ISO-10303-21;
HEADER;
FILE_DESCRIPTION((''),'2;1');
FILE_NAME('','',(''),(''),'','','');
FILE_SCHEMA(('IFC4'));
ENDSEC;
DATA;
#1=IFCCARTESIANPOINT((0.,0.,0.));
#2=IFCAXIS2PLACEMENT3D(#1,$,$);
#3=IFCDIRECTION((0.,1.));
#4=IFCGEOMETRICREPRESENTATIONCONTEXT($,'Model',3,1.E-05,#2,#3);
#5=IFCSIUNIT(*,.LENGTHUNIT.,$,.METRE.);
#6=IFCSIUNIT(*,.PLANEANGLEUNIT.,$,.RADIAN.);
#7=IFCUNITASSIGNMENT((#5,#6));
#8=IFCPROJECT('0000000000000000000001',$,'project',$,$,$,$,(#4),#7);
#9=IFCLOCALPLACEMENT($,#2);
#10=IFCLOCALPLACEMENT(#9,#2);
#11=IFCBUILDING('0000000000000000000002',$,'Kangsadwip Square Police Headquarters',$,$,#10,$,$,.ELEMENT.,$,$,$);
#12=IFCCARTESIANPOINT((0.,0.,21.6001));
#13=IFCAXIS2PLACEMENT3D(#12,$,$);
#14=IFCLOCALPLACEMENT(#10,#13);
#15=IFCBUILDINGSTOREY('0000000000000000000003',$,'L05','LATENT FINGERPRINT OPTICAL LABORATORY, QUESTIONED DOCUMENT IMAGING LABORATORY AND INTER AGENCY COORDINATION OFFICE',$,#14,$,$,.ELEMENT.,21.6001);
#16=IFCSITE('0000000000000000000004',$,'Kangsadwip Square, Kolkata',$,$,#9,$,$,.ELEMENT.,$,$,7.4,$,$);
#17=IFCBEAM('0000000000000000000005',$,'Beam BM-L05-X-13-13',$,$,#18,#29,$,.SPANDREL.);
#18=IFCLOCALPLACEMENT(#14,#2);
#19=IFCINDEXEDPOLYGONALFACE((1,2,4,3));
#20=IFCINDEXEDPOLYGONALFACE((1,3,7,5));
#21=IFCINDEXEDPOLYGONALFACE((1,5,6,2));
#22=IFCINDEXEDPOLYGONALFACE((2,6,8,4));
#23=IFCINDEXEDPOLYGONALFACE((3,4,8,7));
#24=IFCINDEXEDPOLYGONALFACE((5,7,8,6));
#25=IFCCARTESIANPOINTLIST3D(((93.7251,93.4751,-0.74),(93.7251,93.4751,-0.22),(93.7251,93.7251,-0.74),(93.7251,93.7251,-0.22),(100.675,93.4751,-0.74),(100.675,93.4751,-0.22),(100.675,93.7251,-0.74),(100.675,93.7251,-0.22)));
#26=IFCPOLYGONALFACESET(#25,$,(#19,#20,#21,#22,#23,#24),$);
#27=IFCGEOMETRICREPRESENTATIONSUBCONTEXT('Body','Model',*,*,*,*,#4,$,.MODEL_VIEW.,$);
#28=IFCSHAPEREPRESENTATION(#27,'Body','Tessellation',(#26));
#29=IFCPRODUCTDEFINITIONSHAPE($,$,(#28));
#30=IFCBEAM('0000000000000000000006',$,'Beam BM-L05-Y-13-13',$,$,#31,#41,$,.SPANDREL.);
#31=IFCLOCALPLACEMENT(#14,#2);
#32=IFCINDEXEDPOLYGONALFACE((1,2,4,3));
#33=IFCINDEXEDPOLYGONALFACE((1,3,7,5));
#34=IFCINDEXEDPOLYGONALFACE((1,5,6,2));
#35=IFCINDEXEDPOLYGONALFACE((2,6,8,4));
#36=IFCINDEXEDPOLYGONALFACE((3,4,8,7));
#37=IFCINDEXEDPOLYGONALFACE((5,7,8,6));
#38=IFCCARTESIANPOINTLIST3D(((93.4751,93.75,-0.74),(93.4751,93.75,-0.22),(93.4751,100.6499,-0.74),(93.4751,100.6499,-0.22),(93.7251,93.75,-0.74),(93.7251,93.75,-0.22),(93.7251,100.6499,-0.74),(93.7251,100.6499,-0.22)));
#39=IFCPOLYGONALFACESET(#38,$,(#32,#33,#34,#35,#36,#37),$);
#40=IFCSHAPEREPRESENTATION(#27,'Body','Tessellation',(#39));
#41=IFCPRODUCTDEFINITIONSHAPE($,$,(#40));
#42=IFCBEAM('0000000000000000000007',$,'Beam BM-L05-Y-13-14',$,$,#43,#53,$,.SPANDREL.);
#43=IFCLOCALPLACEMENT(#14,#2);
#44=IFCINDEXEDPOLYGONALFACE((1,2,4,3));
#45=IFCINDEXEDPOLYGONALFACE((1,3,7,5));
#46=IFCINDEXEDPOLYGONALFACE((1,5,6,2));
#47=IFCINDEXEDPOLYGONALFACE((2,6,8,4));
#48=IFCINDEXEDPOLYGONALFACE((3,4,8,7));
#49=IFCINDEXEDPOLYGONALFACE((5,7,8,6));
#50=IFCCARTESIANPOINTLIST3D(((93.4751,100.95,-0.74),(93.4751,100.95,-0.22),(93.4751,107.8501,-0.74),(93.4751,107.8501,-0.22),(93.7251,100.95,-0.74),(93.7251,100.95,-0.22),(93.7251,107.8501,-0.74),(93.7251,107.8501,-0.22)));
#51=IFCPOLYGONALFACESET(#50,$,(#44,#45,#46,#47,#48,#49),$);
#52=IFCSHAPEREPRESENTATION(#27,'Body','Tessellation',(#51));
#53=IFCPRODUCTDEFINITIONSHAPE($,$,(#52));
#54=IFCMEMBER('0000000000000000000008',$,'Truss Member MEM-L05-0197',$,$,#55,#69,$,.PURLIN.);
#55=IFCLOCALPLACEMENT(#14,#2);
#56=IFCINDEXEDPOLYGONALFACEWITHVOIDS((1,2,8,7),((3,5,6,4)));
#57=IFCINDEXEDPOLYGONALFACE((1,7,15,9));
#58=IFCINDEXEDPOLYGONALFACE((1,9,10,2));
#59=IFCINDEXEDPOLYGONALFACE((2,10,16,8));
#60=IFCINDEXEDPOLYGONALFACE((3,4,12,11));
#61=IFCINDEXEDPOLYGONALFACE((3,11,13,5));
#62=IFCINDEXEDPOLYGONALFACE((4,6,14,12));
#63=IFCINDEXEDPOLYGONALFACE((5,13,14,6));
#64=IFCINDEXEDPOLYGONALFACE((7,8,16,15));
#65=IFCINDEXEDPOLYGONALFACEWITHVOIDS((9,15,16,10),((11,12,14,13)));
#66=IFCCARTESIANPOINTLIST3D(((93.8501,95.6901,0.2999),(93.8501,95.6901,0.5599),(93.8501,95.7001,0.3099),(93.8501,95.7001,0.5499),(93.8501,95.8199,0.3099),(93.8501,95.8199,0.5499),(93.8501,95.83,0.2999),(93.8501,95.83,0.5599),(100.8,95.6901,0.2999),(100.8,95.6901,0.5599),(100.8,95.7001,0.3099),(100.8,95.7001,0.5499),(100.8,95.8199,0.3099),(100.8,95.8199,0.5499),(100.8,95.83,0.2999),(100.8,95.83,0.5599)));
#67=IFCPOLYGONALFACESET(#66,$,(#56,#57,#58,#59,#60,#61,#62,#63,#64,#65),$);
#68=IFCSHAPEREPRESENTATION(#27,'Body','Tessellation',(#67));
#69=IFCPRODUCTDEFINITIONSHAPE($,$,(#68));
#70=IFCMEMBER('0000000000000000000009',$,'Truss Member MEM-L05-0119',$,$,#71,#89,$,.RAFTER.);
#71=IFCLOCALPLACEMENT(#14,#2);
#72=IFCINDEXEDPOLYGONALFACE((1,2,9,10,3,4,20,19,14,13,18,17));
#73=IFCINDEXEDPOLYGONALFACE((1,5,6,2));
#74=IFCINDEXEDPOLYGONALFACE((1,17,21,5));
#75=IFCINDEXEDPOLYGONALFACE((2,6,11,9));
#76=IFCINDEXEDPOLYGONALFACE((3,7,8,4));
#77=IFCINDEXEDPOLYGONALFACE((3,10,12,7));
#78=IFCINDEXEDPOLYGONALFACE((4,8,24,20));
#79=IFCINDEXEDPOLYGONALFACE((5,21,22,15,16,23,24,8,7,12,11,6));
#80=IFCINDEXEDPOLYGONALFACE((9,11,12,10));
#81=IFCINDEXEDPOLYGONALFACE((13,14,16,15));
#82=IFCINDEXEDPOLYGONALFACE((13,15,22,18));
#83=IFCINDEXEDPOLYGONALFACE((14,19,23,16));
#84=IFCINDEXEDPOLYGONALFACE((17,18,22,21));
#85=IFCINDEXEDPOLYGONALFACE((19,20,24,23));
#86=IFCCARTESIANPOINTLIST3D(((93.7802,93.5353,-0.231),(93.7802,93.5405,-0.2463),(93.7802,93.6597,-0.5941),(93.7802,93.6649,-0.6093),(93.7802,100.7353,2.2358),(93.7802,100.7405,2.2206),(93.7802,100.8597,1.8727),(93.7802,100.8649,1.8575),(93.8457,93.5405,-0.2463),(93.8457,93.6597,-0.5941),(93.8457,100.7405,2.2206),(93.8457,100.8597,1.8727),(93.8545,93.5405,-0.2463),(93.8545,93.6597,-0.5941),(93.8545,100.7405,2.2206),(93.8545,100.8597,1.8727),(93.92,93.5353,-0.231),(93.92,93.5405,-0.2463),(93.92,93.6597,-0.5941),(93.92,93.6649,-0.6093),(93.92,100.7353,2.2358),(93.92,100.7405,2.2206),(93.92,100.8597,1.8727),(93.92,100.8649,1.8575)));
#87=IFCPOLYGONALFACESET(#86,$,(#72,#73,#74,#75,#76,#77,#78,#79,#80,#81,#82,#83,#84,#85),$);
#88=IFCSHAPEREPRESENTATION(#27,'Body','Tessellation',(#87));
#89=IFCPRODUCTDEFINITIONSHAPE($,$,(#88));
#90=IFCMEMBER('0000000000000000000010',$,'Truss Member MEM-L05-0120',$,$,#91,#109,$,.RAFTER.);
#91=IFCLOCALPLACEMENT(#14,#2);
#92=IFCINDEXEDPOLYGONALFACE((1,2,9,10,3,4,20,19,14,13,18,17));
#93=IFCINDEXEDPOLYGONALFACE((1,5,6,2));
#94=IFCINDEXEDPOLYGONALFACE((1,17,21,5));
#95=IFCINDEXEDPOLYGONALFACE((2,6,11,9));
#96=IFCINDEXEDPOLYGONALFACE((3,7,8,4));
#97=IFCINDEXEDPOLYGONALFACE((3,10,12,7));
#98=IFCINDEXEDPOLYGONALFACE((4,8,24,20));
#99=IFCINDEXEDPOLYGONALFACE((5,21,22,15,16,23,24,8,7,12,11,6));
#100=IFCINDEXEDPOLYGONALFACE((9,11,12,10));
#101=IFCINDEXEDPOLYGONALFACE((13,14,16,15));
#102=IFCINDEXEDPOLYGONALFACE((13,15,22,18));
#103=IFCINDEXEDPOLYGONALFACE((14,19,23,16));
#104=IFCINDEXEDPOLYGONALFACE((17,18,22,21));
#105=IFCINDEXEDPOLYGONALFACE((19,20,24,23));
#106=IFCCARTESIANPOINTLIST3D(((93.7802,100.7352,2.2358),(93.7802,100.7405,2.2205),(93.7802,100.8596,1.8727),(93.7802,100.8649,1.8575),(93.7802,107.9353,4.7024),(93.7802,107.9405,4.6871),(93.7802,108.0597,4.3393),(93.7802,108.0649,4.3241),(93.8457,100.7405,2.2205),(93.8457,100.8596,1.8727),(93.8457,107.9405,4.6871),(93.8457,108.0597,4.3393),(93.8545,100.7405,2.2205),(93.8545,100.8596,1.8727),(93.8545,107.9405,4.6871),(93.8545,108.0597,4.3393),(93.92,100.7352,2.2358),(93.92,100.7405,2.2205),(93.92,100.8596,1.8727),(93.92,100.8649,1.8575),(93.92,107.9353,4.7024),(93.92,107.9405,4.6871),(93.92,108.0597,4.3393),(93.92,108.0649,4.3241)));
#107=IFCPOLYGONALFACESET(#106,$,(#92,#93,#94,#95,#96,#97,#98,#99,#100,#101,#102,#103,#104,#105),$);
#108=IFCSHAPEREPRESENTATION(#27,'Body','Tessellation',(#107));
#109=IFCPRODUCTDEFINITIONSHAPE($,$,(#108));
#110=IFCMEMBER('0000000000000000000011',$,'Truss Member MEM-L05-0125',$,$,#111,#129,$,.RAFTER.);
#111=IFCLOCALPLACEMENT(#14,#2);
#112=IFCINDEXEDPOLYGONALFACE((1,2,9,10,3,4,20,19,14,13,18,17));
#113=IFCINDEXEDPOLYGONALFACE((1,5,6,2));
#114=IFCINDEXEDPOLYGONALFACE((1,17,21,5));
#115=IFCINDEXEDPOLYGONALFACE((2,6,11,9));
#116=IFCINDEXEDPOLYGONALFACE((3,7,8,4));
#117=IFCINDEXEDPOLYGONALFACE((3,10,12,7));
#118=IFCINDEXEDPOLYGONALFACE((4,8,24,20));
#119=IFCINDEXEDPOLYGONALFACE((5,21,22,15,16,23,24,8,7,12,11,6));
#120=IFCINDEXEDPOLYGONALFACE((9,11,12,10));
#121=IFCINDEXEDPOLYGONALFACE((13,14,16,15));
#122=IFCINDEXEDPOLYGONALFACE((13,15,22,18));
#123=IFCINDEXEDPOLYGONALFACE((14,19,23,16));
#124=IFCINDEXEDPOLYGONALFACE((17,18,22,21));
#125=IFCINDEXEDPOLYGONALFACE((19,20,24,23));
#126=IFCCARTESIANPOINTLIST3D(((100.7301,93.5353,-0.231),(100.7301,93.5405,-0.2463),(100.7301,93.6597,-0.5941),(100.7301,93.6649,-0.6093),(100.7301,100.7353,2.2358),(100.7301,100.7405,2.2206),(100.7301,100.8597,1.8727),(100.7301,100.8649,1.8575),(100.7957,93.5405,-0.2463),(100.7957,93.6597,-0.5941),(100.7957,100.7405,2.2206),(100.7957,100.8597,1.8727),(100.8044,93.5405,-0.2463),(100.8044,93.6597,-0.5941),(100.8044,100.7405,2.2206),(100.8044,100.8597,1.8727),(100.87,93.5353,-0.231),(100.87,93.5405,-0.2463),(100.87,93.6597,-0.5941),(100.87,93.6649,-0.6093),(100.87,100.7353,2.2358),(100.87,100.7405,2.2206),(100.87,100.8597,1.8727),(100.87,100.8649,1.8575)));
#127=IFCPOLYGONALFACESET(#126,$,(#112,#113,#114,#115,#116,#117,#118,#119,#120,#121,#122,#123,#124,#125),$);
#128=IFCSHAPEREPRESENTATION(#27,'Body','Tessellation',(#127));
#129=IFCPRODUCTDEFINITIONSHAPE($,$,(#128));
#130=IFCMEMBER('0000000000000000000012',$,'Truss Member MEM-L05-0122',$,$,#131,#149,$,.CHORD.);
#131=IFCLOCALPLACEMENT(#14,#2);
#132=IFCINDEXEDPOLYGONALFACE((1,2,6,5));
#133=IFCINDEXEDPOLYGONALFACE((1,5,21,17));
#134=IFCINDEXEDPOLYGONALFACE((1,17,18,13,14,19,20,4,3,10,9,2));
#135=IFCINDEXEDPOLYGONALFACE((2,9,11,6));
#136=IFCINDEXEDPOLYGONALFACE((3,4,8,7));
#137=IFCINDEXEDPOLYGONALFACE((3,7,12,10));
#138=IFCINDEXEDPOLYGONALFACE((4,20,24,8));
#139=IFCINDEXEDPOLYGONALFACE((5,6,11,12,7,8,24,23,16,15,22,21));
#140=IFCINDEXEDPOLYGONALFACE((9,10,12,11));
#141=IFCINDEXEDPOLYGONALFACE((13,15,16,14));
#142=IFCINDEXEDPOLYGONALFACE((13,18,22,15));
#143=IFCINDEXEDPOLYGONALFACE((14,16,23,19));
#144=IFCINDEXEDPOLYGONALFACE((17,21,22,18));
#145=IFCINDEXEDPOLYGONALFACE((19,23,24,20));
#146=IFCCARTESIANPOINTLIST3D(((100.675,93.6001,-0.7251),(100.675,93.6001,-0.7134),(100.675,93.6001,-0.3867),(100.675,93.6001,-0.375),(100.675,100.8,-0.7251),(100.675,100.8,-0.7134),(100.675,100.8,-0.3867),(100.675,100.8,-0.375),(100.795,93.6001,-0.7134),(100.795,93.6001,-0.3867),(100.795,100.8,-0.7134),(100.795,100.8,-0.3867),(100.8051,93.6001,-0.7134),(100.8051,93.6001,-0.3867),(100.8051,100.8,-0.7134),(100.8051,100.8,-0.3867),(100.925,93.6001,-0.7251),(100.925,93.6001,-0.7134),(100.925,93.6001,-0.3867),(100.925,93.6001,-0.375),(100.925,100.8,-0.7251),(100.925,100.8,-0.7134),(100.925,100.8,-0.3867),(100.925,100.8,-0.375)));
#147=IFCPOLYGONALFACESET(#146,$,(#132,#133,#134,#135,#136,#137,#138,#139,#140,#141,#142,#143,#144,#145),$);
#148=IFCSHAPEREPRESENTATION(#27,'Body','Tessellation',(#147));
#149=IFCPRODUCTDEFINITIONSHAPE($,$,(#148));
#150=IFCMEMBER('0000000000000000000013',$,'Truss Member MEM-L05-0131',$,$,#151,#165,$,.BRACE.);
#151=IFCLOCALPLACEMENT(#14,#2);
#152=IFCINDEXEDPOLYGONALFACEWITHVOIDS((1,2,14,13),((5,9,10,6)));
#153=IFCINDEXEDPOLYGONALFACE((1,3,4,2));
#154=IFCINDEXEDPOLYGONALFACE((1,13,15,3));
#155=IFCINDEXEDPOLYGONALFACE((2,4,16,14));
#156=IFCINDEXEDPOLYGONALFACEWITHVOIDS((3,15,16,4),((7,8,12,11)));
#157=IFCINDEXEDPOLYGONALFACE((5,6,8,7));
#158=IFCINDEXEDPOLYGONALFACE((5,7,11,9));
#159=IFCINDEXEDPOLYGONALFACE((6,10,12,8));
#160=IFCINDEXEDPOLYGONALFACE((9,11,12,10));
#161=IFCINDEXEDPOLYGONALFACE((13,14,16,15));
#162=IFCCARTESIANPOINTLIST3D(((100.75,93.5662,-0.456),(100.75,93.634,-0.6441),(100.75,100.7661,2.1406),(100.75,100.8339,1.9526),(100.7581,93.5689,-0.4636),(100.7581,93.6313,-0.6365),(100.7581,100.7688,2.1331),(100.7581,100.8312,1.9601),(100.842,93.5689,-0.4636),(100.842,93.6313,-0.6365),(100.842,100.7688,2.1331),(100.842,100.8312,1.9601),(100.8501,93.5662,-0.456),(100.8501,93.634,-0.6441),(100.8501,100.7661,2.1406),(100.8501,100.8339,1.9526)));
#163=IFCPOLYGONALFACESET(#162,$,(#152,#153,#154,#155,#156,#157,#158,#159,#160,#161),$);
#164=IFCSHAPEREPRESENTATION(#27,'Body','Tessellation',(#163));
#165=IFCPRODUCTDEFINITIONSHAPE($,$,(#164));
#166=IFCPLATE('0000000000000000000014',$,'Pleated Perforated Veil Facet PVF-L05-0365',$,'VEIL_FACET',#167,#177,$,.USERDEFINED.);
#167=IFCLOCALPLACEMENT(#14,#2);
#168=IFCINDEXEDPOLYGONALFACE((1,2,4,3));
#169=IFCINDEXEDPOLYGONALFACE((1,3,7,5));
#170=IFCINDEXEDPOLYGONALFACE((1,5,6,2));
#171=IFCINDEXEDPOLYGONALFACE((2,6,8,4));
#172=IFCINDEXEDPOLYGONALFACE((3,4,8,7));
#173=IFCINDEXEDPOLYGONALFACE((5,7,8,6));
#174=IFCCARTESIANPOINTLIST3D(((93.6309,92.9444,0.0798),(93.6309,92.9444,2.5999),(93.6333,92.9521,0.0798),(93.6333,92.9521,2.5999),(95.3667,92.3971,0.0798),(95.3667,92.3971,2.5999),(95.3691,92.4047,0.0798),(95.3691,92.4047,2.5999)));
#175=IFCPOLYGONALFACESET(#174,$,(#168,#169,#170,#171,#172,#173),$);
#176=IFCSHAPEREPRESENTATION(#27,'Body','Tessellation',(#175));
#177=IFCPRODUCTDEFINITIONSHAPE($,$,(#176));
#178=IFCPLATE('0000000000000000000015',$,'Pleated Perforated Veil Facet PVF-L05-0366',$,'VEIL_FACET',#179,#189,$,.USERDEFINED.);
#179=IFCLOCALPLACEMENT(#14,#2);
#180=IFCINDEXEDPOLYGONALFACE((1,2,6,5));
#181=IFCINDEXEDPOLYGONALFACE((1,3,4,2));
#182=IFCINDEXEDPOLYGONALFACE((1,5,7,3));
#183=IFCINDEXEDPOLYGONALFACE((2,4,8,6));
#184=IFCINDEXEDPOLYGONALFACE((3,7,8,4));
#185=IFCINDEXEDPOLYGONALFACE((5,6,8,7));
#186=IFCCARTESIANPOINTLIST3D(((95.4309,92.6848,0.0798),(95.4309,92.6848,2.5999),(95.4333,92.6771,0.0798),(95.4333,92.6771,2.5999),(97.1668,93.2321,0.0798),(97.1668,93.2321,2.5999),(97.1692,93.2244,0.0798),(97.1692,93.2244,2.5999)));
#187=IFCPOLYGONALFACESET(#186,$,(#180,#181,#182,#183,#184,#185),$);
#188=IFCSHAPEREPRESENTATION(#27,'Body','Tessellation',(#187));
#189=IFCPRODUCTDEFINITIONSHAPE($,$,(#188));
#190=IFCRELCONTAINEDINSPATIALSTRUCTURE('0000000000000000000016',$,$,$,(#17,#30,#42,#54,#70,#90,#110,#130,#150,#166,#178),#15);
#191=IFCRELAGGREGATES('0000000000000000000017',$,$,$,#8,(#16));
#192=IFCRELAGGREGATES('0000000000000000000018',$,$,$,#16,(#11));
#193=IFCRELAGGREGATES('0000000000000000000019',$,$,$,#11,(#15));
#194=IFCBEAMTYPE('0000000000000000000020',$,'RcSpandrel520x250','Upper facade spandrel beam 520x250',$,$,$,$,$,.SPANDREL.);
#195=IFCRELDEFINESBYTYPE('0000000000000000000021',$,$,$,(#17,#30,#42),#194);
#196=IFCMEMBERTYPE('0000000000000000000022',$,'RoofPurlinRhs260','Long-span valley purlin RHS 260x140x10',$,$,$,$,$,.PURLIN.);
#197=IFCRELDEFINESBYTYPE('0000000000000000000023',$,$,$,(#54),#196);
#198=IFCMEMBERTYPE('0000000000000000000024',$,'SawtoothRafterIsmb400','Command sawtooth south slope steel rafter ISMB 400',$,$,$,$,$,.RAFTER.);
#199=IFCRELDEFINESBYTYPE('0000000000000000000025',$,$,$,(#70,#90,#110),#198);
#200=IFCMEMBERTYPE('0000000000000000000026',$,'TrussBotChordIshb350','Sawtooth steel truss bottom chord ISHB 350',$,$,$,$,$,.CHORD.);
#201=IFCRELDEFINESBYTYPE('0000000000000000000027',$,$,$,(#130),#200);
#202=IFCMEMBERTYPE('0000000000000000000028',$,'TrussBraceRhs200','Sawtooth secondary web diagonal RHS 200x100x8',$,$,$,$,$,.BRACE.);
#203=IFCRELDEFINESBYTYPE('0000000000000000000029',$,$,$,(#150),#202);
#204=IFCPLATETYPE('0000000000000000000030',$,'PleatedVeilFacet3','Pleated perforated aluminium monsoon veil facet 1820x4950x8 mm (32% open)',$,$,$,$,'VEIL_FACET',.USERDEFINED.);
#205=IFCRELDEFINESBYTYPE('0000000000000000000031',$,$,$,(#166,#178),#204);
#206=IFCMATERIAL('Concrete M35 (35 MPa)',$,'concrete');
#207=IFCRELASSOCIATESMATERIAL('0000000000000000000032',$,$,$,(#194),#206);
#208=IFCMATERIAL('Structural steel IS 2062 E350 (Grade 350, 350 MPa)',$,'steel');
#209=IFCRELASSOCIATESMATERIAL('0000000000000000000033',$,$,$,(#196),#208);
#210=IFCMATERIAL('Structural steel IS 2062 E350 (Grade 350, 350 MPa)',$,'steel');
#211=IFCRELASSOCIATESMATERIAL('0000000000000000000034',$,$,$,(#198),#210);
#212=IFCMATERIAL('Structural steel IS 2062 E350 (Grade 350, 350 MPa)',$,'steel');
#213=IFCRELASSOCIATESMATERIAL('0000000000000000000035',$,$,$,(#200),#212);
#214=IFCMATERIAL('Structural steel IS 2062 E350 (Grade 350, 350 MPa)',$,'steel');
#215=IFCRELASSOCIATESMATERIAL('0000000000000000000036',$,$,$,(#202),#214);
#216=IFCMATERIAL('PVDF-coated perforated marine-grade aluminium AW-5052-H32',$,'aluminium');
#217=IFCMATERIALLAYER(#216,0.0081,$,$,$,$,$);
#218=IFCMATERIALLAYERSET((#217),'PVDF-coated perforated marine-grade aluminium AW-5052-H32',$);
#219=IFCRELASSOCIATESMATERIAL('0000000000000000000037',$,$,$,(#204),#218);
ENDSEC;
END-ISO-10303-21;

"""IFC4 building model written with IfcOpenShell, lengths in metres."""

from ifc_helpers import new_model, si_unit, direction, frame, origin, origin_2d, place, context, subcontext, project, spatial, rectangle, hollow_rectangle, i_section, extrude, material, layer, layer_set, material_profile, profile_set, type_object, element, save


model = new_model("IFC4")

# Units and contexts
model_context = context("Model", 3, precision=1e-05, world=origin(), true_north=direction((0.0, 1.0)))
body_context = subcontext(model_context, "Body", "Model", "MODEL_VIEW")
ifc_project = project(units=[si_unit("LENGTHUNIT", "METRE"), si_unit("PLANEANGLEUNIT", "RADIAN")], contexts=[model_context])

# Site, building, storey
site_placement = place(None, origin())
site = spatial("IfcSite", under=ifc_project, at=site_placement, Name="Kangsadwip Square, Kolkata", CompositionType="ELEMENT", RefElevation=7.4)
building_placement = place(site_placement, origin())
building = spatial("IfcBuilding", under=site, at=building_placement, Name="Kangsadwip Square Police Headquarters", CompositionType="ELEMENT")
storey_placement = place(building_placement, frame((0.0, 0.0, 21.6001)))
storey = spatial("IfcBuildingStorey", under=building, at=storey_placement, Name="L05", Description="LATENT FINGERPRINT OPTICAL LABORATORY, QUESTIONED DOCUMENT IMAGING LABORATORY AND INTER AGENCY COORDINATION OFFICE", CompositionType="ELEMENT", Elevation=21.6001)

# Beams
ifc_material_1 = material(Name="Concrete M35 (35 MPa)", Category="concrete")
ifc_material_profile_1 = material_profile(ifc_material_1, rectangle(XDim=0.25, YDim=0.52, at=origin_2d()), Name="RC SPN 520X250")
ifc_profile_set_1 = profile_set([ifc_material_profile_1], Name="Concrete M35 (35 MPa)")
beam_type = type_object("IfcBeamType", Name="RcSpandrel520x250", Description="Upper facade spandrel beam 520x250", PredefinedType="SPANDREL", material=ifc_profile_set_1)
beam_1_placement = place(storey_placement, frame((93.7251, 93.6001, -0.48), z_axis=(1.0, 0.0, 0.0), x_axis=(0.0, 1.0, 0.0)))
element("IfcBeam", 1, at=beam_1_placement, inside=storey, type_object=beam_type, Name="Beam BM-L05-X-13-13", PredefinedType="SPANDREL", context=body_context, shape_type="SweptSolid", body=[
    extrude(rectangle(XDim=0.25, YDim=0.52, at=origin_2d()), origin(), (0.0, 0.0, 1.0), 6.95),
])
beam_2_placement = place(storey_placement, frame((93.6001, 93.75, -0.48), z_axis=(0.0, 1.0, 0.0), x_axis=(-1.0, 0.0, 0.0)))
element("IfcBeam", 2, at=beam_2_placement, inside=storey, type_object=beam_type, Name="Beam BM-L05-Y-13-13", PredefinedType="SPANDREL", context=body_context, shape_type="SweptSolid", body=[
    extrude(rectangle(XDim=0.25, YDim=0.52, at=origin_2d()), origin(), (0.0, 0.0, 1.0), 6.8999),
])
beam_3_placement = place(storey_placement, frame((93.6001, 100.95, -0.48), z_axis=(0.0, 1.0, 0.0), x_axis=(-1.0, 0.0, 0.0)))
element("IfcBeam", 3, at=beam_3_placement, inside=storey, type_object=beam_type, Name="Beam BM-L05-Y-13-14", PredefinedType="SPANDREL", context=body_context, shape_type="SweptSolid", body=[
    extrude(rectangle(XDim=0.25, YDim=0.52, at=origin_2d()), origin(), (0.0, 0.0, 1.0), 6.9001),
])

# Members
ifc_material_2 = material(Name="Structural steel IS 2062 E350 (Grade 350, 350 MPa)", Category="steel")
ifc_material_profile_2 = material_profile(ifc_material_2, hollow_rectangle(XDim=0.1399, YDim=0.26, WallThickness=0.01, at=origin_2d()), Name="RHS 260X140X10")
ifc_profile_set_2 = profile_set([ifc_material_profile_2], Name="Structural steel IS 2062 E350 (Grade 350, 350 MPa)")
member_type_1 = type_object("IfcMemberType", Name="RoofPurlinRhs260", Description="Long-span valley purlin RHS 260x140x10", PredefinedType="PURLIN", material=ifc_profile_set_2)
member_1_placement = place(storey_placement, frame((93.8501, 95.76, 0.4299), z_axis=(1.0, 0.0, 0.0), x_axis=(0.0, 1.0, 0.0)))
element("IfcMember", 4, at=member_1_placement, inside=storey, type_object=member_type_1, Name="Truss Member MEM-L05-0197", PredefinedType="PURLIN", context=body_context, shape_type="SweptSolid", body=[
    extrude(hollow_rectangle(XDim=0.1399, YDim=0.26, WallThickness=0.01, at=origin_2d()), origin(), (0.0, 0.0, 1.0), 6.95),
])
ifc_material_3 = material(Name="Structural steel IS 2062 E350 (Grade 350, 350 MPa)", Category="steel")
ifc_material_profile_3 = material_profile(ifc_material_3, i_section(OverallWidth=0.1399, OverallDepth=0.3999, WebThickness=0.0088, FlangeThickness=0.0161, at=origin_2d()), Name="ISMB 400")
ifc_profile_set_3 = profile_set([ifc_material_profile_3], Name="Structural steel IS 2062 E350 (Grade 350, 350 MPa)")
member_type_2 = type_object("IfcMemberType", Name="SawtoothRafterIsmb400", Description="Command sawtooth south slope steel rafter ISMB 400", PredefinedType="RAFTER", material=ifc_profile_set_3)
for number, where, z_axis, x_axis, name in (
    (5, (93.8501, 93.6001, -0.4202), (0.0, 0.946017, 0.324118), (-1.0, 0.0, 0.0), "Truss Member MEM-L05-0119"),
    (6, (93.8501, 100.8, 2.0466), (0.0, 0.946027, 0.324089), (-1.0, 0.0, 0.0), "Truss Member MEM-L05-0120"),
    (7, (100.8, 93.6001, -0.4202), (0.0, 0.946017, 0.324118), (-1.0, 0.0, 0.0), "Truss Member MEM-L05-0125"),
):
    element("IfcMember", number, at=place(storey_placement, frame(where, z_axis=z_axis, x_axis=x_axis)), inside=storey, type_object=member_type_2, Name=name, PredefinedType="RAFTER", context=body_context, shape_type="SweptSolid", body=[
        extrude(i_section(OverallWidth=0.1399, OverallDepth=0.3999, WebThickness=0.0088, FlangeThickness=0.0161, at=origin_2d()), origin(), (0.0, 0.0, 1.0), 7.6108),
    ])
ifc_material_4 = material(Name="Structural steel IS 2062 E350 (Grade 350, 350 MPa)", Category="steel")
ifc_material_profile_4 = material_profile(ifc_material_4, i_section(OverallWidth=0.25, OverallDepth=0.3501, WebThickness=0.01, FlangeThickness=0.0117, at=origin_2d()), Name="ISHB 350")
ifc_profile_set_4 = profile_set([ifc_material_profile_4], Name="Structural steel IS 2062 E350 (Grade 350, 350 MPa)")
member_type_3 = type_object("IfcMemberType", Name="TrussBotChordIshb350", Description="Sawtooth steel truss bottom chord ISHB 350", PredefinedType="CHORD", material=ifc_profile_set_4)
member_2_placement = place(storey_placement, frame((100.8, 93.6001, -0.55), z_axis=(0.0, 1.0, 0.0), x_axis=(-1.0, 0.0, 0.0)))
element("IfcMember", 8, at=member_2_placement, inside=storey, type_object=member_type_3, Name="Truss Member MEM-L05-0122", PredefinedType="CHORD", context=body_context, shape_type="SweptSolid", body=[
    extrude(i_section(OverallWidth=0.25, OverallDepth=0.3501, WebThickness=0.01, FlangeThickness=0.0117, at=origin_2d()), origin(), (0.0, 0.0, 1.0), 7.2),
])
ifc_material_5 = material(Name="Structural steel IS 2062 E350 (Grade 350, 350 MPa)", Category="steel")
ifc_material_profile_5 = material_profile(ifc_material_5, hollow_rectangle(XDim=0.1001, YDim=0.2, WallThickness=0.0081, at=origin_2d()), Name="RHS 200X100X8")
ifc_profile_set_5 = profile_set([ifc_material_profile_5], Name="Structural steel IS 2062 E350 (Grade 350, 350 MPa)")
member_type_4 = type_object("IfcMemberType", Name="TrussBraceRhs200", Description="Sawtooth secondary web diagonal RHS 200x100x8", PredefinedType="BRACE", material=ifc_profile_set_5)
member_3_placement = place(storey_placement, frame((100.8, 93.6001, -0.55), z_axis=(0.0, 0.940692, 0.339263), x_axis=(-1.0, 0.0, 0.0)))
element("IfcMember", 9, at=member_3_placement, inside=storey, type_object=member_type_4, Name="Truss Member MEM-L05-0131", PredefinedType="BRACE", context=body_context, shape_type="SweptSolid", body=[
    extrude(hollow_rectangle(XDim=0.1001, YDim=0.2, WallThickness=0.0081, at=origin_2d()), origin(), (0.0, 0.0, 1.0), 7.6538),
])

# Plates
ifc_material_6 = material(Name="PVDF-coated perforated marine-grade aluminium AW-5052-H32", Category="aluminium")
ifc_layer_1 = layer(ifc_material_6, 0.0081)
ifc_layer_set_1 = layer_set([ifc_layer_1], Name="PVDF-coated perforated marine-grade aluminium AW-5052-H32")
plate_type_1 = type_object("IfcPlateType", Name="PleatedVeilFacet3", Description="Pleated perforated aluminium monsoon veil facet 1820x4950x8 mm (32% open)", ElementType="VEIL_FACET", PredefinedType="USERDEFINED", material=ifc_layer_set_1)
for number, where, z_axis, x_axis, name in (
    (10, (94.5, 92.6746, 0.0798), (0.0, 0.0, 1.0), (0.953717, -0.300706, 0.0), "Pleated Perforated Veil Facet PVF-L05-0365"),
    (11, (96.3, 92.9546, 0.0798), (0.0, 0.0, 1.0), (0.953717, 0.300706, 0.0), "Pleated Perforated Veil Facet PVF-L05-0366"),
):
    element("IfcPlate", number, at=place(storey_placement, frame(where, z_axis=z_axis, x_axis=x_axis)), inside=storey, type_object=plate_type_1, Name=name, ObjectType="VEIL_FACET", PredefinedType="USERDEFINED", context=body_context, shape_type="SweptSolid", body=[
        extrude(rectangle(XDim=1.8201, YDim=0.0081, at=origin_2d()), origin(), (0.0, 0.0, 1.0), 2.52),
    ])

save(model, "model.ifc")
